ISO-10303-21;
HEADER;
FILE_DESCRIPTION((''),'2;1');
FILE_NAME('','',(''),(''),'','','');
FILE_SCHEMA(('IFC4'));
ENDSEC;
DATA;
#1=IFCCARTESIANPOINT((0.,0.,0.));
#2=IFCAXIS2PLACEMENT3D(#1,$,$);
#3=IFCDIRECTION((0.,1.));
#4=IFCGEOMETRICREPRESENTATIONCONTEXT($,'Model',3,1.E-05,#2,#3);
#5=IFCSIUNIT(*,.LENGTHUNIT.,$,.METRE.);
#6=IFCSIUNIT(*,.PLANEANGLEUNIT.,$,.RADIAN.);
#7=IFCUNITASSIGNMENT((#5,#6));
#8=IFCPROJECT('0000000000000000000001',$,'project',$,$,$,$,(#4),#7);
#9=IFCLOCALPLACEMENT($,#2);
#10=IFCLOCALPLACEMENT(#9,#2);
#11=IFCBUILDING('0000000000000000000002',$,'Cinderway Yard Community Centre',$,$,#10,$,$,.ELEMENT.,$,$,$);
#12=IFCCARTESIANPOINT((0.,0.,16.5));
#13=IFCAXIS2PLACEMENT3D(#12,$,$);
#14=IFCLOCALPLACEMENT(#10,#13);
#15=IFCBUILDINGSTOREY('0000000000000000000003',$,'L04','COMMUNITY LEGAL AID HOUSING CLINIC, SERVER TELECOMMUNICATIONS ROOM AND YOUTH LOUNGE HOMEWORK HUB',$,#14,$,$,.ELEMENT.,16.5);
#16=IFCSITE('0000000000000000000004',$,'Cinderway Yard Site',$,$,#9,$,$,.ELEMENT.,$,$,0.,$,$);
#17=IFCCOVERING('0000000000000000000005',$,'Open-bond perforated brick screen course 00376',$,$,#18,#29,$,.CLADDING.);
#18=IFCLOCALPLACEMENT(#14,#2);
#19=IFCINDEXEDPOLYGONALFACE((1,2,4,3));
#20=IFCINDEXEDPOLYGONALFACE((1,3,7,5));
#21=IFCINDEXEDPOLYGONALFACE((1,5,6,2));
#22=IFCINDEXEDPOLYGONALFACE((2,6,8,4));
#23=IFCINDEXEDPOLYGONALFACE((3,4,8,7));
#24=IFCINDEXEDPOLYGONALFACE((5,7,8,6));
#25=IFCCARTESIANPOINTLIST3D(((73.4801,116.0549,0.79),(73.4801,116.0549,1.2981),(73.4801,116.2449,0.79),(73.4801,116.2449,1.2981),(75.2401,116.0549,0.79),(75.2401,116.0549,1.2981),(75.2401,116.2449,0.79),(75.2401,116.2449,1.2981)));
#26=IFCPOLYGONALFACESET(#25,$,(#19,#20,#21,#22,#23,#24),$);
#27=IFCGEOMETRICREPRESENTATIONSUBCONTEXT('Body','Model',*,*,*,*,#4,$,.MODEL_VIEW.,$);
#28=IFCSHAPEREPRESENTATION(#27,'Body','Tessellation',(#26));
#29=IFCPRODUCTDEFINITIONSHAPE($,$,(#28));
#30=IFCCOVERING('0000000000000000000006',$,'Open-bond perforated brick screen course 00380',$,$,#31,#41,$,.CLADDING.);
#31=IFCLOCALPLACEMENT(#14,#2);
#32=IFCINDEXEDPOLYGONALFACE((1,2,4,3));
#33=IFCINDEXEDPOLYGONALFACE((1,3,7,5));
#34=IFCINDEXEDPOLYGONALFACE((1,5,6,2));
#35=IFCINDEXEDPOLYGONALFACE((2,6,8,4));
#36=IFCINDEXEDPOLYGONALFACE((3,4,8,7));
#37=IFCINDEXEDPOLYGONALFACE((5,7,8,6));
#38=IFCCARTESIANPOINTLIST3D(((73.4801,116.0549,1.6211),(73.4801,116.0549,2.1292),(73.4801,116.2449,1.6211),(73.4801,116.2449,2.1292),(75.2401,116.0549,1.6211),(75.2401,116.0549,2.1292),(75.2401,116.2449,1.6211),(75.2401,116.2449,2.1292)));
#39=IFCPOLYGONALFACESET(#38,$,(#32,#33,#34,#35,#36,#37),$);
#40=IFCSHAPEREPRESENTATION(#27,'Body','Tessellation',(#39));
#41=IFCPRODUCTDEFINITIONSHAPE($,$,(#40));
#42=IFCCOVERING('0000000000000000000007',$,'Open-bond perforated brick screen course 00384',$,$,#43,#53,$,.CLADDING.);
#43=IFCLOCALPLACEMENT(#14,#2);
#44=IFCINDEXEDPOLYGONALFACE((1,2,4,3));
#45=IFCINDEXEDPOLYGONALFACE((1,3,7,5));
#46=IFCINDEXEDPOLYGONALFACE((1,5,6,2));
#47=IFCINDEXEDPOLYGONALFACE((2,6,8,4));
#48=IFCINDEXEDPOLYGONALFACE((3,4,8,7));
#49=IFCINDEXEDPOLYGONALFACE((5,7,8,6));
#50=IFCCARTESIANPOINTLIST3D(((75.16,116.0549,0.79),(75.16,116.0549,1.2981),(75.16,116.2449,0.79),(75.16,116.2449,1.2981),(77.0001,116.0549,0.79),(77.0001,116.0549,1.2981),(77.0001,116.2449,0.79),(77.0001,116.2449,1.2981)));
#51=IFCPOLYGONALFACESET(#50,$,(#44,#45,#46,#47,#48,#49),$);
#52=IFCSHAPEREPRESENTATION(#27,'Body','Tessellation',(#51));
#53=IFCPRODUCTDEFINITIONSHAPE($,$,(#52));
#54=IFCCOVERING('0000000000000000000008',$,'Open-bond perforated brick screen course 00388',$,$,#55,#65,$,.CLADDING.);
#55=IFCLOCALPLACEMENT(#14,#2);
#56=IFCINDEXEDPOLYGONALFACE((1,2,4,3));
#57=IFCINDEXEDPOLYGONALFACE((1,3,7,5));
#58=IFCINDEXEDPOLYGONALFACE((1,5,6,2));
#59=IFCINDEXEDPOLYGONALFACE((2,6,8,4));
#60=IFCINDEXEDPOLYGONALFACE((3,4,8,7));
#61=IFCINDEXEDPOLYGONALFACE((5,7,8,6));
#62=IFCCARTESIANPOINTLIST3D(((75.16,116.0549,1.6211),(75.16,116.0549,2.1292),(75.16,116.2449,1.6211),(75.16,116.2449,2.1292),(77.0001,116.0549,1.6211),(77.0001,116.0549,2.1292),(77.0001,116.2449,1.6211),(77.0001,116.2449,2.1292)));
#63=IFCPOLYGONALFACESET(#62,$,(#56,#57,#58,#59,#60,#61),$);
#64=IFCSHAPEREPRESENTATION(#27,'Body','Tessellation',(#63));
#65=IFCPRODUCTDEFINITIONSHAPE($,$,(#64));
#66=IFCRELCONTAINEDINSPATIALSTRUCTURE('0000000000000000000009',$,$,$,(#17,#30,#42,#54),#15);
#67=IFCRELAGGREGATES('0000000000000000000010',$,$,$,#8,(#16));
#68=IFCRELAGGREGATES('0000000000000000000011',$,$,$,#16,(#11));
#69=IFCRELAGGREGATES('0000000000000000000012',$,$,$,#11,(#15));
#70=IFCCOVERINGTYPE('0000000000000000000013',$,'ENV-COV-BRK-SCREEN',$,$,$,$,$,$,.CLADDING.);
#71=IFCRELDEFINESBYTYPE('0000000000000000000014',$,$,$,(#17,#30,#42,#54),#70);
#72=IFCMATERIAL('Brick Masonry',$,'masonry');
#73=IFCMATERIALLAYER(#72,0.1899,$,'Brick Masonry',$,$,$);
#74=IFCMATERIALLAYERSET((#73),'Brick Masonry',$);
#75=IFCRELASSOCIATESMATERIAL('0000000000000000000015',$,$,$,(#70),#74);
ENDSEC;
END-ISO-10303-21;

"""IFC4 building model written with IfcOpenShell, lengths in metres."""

from ifc_helpers import new_model, si_unit, direction, frame, origin, origin_2d, place, context, subcontext, project, spatial, rectangle, extrude, material, layer, layer_set, type_object, element, save


model = new_model("IFC4")

# Units and contexts
model_context = context("Model", 3, precision=1e-05, world=origin(), true_north=direction((0.0, 1.0)))
body_context = subcontext(model_context, "Body", "Model", "MODEL_VIEW")
ifc_project = project(units=[si_unit("LENGTHUNIT", "METRE"), si_unit("PLANEANGLEUNIT", "RADIAN")], contexts=[model_context])

# Site, building, storey
site_placement = place(None, origin())
site = spatial("IfcSite", under=ifc_project, at=site_placement, Name="Cinderway Yard Site", CompositionType="ELEMENT", RefElevation=0.0)
building_placement = place(site_placement, origin())
building = spatial("IfcBuilding", under=site, at=building_placement, Name="Cinderway Yard Community Centre", CompositionType="ELEMENT")
storey_placement = place(building_placement, frame((0.0, 0.0, 16.5)))
storey = spatial("IfcBuildingStorey", under=building, at=storey_placement, Name="L04", Description="COMMUNITY LEGAL AID HOUSING CLINIC, SERVER TELECOMMUNICATIONS ROOM AND YOUTH LOUNGE HOMEWORK HUB", CompositionType="ELEMENT", Elevation=16.5)

# Shared definitions
ifc_material_1 = material(Name="Brick Masonry", Category="masonry")

# Coverings
ifc_layer_1 = layer(ifc_material_1, 0.1899, Name="Brick Masonry")
ifc_layer_set_1 = layer_set([ifc_layer_1], Name="Brick Masonry")
covering_type = type_object("IfcCoveringType", Name="ENV-COV-BRK-SCREEN", PredefinedType="CLADDING", material=ifc_layer_set_1)
for number, where, z_axis, x_axis, name in (
    (1, (74.3601, 116.1499, 0.79), (0.0, 0.0, 1.0), (1.0, 0.0, 0.0), "Open-bond perforated brick screen course 00376"),
    (2, (74.3601, 116.1499, 1.6211), (0.0, 0.0, 1.0), (1.0, 0.0, 0.0), "Open-bond perforated brick screen course 00380"),
):
    element("IfcCovering", number, at=place(storey_placement, frame(where, z_axis=z_axis, x_axis=x_axis)), inside=storey, type_object=covering_type, Name=name, PredefinedType="CLADDING", context=body_context, shape_type="SweptSolid", body=[
        extrude(rectangle(XDim=1.76, YDim=0.1899, at=origin_2d()), origin(), (0.0, 0.0, 1.0), 0.5081),
    ])
for number, where, z_axis, x_axis, name in (
    (3, (76.0801, 116.1499, 0.79), (0.0, 0.0, 1.0), (1.0, 0.0, 0.0), "Open-bond perforated brick screen course 00384"),
    (4, (76.0801, 116.1499, 1.6211), (0.0, 0.0, 1.0), (1.0, 0.0, 0.0), "Open-bond perforated brick screen course 00388"),
):
    element("IfcCovering", number, at=place(storey_placement, frame(where, z_axis=z_axis, x_axis=x_axis)), inside=storey, type_object=covering_type, Name=name, PredefinedType="CLADDING", context=body_context, shape_type="SweptSolid", body=[
        extrude(rectangle(XDim=1.8401, YDim=0.1899, at=origin_2d()), origin(), (0.0, 0.0, 1.0), 0.5081),
    ])

save(model, "model.ifc")
